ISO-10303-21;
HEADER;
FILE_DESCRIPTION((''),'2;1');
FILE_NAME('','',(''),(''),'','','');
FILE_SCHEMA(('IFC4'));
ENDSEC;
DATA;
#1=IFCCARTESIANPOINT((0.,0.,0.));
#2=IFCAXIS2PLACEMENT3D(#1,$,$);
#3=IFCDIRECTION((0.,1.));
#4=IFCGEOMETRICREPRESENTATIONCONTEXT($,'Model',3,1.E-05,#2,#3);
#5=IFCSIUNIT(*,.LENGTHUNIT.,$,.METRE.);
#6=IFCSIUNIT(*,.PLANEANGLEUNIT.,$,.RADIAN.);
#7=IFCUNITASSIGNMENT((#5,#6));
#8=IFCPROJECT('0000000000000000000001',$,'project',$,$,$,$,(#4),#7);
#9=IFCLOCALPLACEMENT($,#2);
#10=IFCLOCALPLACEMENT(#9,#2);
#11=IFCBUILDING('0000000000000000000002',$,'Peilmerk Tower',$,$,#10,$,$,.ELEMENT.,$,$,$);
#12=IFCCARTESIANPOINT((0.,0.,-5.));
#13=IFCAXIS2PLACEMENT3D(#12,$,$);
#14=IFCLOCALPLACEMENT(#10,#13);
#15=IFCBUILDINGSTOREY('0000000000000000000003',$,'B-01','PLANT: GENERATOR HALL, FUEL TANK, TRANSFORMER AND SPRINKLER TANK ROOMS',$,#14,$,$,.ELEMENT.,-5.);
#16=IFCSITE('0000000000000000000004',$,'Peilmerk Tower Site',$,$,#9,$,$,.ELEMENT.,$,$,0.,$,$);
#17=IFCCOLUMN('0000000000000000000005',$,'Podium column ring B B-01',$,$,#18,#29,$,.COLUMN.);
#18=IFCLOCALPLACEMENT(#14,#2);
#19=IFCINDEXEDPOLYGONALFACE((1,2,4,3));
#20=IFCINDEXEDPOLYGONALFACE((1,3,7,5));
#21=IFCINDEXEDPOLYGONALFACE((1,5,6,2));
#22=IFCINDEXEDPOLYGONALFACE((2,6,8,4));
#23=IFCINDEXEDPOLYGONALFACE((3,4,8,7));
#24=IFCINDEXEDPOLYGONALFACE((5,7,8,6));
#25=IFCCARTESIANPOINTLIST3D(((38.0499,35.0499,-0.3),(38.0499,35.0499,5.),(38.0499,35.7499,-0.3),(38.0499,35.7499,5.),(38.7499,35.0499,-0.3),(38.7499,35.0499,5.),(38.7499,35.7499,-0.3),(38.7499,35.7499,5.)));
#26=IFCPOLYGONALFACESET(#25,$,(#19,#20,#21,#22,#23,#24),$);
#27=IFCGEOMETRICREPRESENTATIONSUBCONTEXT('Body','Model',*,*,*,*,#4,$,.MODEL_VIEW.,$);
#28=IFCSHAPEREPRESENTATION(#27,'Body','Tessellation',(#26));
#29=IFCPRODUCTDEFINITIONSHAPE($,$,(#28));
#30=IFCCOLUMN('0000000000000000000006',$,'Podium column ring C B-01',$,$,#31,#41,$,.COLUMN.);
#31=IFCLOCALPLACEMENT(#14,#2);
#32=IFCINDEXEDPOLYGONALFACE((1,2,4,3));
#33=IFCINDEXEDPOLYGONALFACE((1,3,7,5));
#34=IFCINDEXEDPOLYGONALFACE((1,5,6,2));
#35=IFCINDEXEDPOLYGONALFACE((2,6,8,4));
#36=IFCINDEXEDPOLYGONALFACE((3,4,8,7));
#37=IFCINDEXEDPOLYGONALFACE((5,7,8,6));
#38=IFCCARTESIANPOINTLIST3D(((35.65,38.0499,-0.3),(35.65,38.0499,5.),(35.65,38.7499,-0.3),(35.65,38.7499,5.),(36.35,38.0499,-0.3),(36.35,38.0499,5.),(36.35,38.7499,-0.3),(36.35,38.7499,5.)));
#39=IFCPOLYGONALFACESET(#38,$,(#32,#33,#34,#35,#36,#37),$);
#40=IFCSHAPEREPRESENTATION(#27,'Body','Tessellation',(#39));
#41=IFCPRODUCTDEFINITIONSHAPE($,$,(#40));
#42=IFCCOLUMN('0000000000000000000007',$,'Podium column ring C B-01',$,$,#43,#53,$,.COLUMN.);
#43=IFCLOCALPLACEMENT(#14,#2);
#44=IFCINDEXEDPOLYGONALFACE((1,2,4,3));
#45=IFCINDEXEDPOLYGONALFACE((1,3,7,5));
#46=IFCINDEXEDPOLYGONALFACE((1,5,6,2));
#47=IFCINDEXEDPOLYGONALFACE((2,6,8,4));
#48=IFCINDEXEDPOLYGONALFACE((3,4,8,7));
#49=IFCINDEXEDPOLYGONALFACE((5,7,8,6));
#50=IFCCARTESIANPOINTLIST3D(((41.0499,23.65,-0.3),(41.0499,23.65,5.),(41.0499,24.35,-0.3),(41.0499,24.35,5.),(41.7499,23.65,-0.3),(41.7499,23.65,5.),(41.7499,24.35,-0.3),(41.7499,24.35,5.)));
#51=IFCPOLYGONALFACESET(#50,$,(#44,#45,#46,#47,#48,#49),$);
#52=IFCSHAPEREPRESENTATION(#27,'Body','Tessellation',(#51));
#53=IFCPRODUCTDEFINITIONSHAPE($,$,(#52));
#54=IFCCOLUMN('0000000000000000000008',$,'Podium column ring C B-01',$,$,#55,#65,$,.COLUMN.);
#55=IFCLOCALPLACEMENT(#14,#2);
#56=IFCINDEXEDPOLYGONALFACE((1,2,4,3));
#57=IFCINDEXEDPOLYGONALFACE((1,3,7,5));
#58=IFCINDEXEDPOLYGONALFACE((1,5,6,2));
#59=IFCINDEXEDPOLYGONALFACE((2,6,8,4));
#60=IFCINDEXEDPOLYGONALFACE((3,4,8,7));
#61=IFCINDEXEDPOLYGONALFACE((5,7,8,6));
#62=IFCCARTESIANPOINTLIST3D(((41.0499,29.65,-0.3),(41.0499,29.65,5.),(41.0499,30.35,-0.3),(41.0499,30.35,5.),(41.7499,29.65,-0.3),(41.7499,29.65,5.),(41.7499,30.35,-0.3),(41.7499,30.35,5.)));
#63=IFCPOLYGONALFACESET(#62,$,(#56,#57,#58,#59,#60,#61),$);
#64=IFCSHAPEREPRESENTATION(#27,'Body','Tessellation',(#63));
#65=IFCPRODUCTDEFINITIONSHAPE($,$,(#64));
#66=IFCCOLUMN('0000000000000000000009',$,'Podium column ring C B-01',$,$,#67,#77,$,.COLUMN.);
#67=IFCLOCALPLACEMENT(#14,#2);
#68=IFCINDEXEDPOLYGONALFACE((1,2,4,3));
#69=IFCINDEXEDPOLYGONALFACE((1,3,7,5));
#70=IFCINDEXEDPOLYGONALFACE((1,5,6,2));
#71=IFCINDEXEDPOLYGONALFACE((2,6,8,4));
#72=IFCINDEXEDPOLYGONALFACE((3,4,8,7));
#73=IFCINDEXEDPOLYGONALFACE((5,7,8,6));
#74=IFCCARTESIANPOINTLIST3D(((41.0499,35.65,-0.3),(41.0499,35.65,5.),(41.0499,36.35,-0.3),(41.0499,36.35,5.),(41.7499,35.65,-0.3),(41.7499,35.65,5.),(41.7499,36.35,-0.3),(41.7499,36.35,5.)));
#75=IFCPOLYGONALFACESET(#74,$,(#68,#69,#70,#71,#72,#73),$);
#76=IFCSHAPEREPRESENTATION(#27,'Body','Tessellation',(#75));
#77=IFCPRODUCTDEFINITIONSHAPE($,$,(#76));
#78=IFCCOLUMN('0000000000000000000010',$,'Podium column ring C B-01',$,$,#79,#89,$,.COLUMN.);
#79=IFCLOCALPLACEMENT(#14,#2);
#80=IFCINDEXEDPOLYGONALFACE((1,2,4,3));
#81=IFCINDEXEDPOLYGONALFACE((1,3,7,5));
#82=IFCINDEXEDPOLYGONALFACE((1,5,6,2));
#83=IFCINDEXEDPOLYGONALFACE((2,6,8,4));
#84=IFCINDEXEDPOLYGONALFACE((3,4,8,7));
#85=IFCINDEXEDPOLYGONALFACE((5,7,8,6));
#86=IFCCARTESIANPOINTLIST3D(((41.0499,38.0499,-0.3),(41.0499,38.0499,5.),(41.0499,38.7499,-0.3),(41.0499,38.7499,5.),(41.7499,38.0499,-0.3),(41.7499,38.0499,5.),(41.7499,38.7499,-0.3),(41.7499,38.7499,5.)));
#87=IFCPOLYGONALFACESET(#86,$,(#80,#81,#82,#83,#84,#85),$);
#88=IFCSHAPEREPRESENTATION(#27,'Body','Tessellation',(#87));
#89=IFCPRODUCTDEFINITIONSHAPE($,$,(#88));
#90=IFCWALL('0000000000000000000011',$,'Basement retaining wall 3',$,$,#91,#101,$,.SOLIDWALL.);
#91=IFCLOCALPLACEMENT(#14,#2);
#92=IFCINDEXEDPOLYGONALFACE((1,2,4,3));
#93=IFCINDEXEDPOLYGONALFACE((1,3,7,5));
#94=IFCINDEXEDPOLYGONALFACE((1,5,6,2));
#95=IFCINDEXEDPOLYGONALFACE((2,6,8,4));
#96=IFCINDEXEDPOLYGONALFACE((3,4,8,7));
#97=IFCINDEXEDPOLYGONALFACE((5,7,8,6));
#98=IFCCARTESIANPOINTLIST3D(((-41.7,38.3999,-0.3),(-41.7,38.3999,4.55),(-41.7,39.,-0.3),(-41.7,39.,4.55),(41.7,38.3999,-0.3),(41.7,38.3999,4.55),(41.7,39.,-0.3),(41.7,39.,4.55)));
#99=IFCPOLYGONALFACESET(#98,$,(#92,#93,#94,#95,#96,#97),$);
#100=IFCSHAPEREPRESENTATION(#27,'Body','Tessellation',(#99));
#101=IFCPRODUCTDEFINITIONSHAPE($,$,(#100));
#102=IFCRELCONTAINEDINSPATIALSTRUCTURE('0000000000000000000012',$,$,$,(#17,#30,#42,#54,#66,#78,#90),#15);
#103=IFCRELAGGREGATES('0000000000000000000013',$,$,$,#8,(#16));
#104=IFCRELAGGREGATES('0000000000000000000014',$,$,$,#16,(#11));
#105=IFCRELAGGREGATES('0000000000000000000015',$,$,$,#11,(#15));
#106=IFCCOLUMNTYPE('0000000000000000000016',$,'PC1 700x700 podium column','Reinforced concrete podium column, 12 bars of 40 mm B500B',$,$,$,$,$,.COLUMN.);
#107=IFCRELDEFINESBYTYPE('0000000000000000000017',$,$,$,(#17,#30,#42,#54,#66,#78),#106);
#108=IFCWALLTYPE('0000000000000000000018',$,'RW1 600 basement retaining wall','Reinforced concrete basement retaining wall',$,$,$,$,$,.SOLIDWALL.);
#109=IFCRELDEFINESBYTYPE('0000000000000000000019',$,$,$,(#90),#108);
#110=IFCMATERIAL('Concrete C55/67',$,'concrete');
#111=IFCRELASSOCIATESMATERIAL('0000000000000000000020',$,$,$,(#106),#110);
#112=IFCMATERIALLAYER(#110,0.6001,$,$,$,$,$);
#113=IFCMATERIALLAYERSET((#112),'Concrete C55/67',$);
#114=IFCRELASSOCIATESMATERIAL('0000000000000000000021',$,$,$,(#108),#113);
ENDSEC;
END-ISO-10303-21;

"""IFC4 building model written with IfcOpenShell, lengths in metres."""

from ifc_helpers import new_model, si_unit, direction, frame, frame_2d, origin, origin_2d, place, context, subcontext, project, spatial, rectangle, extrude, material, layer, layer_set, material_profile, profile_set, type_object, element, save


model = new_model("IFC4")

# Units and contexts
model_context = context("Model", 3, precision=1e-05, world=origin(), true_north=direction((0.0, 1.0)))
body_context = subcontext(model_context, "Body", "Model", "MODEL_VIEW")
ifc_project = project(units=[si_unit("LENGTHUNIT", "METRE"), si_unit("PLANEANGLEUNIT", "RADIAN")], contexts=[model_context])

# Site, building, storey
site_placement = place(None, origin())
site = spatial("IfcSite", under=ifc_project, at=site_placement, Name="Peilmerk Tower Site", CompositionType="ELEMENT", RefElevation=0.0)
building_placement = place(site_placement, origin())
building = spatial("IfcBuilding", under=site, at=building_placement, Name="Peilmerk Tower", CompositionType="ELEMENT")
storey_placement = place(building_placement, frame((0.0, 0.0, -5.0)))
storey = spatial("IfcBuildingStorey", under=building, at=storey_placement, Name="B-01", Description="PLANT: GENERATOR HALL, FUEL TANK, TRANSFORMER AND SPRINKLER TANK ROOMS", CompositionType="ELEMENT", Elevation=-5.0)

# Columns
ifc_material_1 = material(Name="Concrete C55/67", Category="concrete")
ifc_material_profile_1 = material_profile(ifc_material_1, rectangle(XDim=0.7, YDim=0.7, at=origin_2d()), Name="RC 700x700")
ifc_profile_set_1 = profile_set([ifc_material_profile_1], Name="Concrete C55/67")
column_type = type_object("IfcColumnType", Name="PC1 700x700 podium column", Description="Reinforced concrete podium column, 12 bars of 40 mm B500B", PredefinedType="COLUMN", material=ifc_profile_set_1)
for number, where, z_axis, x_axis, name in (
    (1, (38.3999, 35.3999, -0.3), (0.0, 0.0, 1.0), (1.0, 0.0, 0.0), "Podium column ring B B-01"),
    (2, (36.0, 38.3999, -0.3), (0.0, 0.0, 1.0), (1.0, 0.0, 0.0), "Podium column ring C B-01"),
    (3, (41.3999, 24.0, -0.3), (0.0, 0.0, 1.0), (1.0, 0.0, 0.0), "Podium column ring C B-01"),
    (4, (41.3999, 30.0, -0.3), (0.0, 0.0, 1.0), (1.0, 0.0, 0.0), "Podium column ring C B-01"),
    (5, (41.3999, 36.0, -0.3), (0.0, 0.0, 1.0), (1.0, 0.0, 0.0), "Podium column ring C B-01"),
    (6, (41.3999, 38.3999, -0.3), (0.0, 0.0, 1.0), (1.0, 0.0, 0.0), "Podium column ring C B-01"),
):
    element("IfcColumn", number, at=place(storey_placement, frame(where, z_axis=z_axis, x_axis=x_axis)), inside=storey, type_object=column_type, Name=name, PredefinedType="COLUMN", context=body_context, shape_type="SweptSolid", body=[
        extrude(rectangle(XDim=0.7, YDim=0.7, at=origin_2d()), origin(), (0.0, 0.0, 1.0), 5.3),
    ])

# Wall
ifc_layer = layer(ifc_material_1, 0.6001)
ifc_layer_set = layer_set([ifc_layer], Name="Concrete C55/67")
wall_type = type_object("IfcWallType", Name="RW1 600 basement retaining wall", Description="Reinforced concrete basement retaining wall", PredefinedType="SOLIDWALL", material=ifc_layer_set)
wall_placement = place(storey_placement, frame((41.7, 38.7, -0.3), z_axis=(0.0, 0.0, 1.0), x_axis=(-1.0, 0.0, 0.0)))
element("IfcWall", 7, at=wall_placement, inside=storey, type_object=wall_type, Name="Basement retaining wall 3", PredefinedType="SOLIDWALL", context=body_context, shape_type="SweptSolid", body=[
    extrude(rectangle(XDim=83.3999, YDim=0.6001, at=frame_2d((41.7, 0.0))), origin(), (0.0, 0.0, 1.0), 4.8501),
])

save(model, "model.ifc")
